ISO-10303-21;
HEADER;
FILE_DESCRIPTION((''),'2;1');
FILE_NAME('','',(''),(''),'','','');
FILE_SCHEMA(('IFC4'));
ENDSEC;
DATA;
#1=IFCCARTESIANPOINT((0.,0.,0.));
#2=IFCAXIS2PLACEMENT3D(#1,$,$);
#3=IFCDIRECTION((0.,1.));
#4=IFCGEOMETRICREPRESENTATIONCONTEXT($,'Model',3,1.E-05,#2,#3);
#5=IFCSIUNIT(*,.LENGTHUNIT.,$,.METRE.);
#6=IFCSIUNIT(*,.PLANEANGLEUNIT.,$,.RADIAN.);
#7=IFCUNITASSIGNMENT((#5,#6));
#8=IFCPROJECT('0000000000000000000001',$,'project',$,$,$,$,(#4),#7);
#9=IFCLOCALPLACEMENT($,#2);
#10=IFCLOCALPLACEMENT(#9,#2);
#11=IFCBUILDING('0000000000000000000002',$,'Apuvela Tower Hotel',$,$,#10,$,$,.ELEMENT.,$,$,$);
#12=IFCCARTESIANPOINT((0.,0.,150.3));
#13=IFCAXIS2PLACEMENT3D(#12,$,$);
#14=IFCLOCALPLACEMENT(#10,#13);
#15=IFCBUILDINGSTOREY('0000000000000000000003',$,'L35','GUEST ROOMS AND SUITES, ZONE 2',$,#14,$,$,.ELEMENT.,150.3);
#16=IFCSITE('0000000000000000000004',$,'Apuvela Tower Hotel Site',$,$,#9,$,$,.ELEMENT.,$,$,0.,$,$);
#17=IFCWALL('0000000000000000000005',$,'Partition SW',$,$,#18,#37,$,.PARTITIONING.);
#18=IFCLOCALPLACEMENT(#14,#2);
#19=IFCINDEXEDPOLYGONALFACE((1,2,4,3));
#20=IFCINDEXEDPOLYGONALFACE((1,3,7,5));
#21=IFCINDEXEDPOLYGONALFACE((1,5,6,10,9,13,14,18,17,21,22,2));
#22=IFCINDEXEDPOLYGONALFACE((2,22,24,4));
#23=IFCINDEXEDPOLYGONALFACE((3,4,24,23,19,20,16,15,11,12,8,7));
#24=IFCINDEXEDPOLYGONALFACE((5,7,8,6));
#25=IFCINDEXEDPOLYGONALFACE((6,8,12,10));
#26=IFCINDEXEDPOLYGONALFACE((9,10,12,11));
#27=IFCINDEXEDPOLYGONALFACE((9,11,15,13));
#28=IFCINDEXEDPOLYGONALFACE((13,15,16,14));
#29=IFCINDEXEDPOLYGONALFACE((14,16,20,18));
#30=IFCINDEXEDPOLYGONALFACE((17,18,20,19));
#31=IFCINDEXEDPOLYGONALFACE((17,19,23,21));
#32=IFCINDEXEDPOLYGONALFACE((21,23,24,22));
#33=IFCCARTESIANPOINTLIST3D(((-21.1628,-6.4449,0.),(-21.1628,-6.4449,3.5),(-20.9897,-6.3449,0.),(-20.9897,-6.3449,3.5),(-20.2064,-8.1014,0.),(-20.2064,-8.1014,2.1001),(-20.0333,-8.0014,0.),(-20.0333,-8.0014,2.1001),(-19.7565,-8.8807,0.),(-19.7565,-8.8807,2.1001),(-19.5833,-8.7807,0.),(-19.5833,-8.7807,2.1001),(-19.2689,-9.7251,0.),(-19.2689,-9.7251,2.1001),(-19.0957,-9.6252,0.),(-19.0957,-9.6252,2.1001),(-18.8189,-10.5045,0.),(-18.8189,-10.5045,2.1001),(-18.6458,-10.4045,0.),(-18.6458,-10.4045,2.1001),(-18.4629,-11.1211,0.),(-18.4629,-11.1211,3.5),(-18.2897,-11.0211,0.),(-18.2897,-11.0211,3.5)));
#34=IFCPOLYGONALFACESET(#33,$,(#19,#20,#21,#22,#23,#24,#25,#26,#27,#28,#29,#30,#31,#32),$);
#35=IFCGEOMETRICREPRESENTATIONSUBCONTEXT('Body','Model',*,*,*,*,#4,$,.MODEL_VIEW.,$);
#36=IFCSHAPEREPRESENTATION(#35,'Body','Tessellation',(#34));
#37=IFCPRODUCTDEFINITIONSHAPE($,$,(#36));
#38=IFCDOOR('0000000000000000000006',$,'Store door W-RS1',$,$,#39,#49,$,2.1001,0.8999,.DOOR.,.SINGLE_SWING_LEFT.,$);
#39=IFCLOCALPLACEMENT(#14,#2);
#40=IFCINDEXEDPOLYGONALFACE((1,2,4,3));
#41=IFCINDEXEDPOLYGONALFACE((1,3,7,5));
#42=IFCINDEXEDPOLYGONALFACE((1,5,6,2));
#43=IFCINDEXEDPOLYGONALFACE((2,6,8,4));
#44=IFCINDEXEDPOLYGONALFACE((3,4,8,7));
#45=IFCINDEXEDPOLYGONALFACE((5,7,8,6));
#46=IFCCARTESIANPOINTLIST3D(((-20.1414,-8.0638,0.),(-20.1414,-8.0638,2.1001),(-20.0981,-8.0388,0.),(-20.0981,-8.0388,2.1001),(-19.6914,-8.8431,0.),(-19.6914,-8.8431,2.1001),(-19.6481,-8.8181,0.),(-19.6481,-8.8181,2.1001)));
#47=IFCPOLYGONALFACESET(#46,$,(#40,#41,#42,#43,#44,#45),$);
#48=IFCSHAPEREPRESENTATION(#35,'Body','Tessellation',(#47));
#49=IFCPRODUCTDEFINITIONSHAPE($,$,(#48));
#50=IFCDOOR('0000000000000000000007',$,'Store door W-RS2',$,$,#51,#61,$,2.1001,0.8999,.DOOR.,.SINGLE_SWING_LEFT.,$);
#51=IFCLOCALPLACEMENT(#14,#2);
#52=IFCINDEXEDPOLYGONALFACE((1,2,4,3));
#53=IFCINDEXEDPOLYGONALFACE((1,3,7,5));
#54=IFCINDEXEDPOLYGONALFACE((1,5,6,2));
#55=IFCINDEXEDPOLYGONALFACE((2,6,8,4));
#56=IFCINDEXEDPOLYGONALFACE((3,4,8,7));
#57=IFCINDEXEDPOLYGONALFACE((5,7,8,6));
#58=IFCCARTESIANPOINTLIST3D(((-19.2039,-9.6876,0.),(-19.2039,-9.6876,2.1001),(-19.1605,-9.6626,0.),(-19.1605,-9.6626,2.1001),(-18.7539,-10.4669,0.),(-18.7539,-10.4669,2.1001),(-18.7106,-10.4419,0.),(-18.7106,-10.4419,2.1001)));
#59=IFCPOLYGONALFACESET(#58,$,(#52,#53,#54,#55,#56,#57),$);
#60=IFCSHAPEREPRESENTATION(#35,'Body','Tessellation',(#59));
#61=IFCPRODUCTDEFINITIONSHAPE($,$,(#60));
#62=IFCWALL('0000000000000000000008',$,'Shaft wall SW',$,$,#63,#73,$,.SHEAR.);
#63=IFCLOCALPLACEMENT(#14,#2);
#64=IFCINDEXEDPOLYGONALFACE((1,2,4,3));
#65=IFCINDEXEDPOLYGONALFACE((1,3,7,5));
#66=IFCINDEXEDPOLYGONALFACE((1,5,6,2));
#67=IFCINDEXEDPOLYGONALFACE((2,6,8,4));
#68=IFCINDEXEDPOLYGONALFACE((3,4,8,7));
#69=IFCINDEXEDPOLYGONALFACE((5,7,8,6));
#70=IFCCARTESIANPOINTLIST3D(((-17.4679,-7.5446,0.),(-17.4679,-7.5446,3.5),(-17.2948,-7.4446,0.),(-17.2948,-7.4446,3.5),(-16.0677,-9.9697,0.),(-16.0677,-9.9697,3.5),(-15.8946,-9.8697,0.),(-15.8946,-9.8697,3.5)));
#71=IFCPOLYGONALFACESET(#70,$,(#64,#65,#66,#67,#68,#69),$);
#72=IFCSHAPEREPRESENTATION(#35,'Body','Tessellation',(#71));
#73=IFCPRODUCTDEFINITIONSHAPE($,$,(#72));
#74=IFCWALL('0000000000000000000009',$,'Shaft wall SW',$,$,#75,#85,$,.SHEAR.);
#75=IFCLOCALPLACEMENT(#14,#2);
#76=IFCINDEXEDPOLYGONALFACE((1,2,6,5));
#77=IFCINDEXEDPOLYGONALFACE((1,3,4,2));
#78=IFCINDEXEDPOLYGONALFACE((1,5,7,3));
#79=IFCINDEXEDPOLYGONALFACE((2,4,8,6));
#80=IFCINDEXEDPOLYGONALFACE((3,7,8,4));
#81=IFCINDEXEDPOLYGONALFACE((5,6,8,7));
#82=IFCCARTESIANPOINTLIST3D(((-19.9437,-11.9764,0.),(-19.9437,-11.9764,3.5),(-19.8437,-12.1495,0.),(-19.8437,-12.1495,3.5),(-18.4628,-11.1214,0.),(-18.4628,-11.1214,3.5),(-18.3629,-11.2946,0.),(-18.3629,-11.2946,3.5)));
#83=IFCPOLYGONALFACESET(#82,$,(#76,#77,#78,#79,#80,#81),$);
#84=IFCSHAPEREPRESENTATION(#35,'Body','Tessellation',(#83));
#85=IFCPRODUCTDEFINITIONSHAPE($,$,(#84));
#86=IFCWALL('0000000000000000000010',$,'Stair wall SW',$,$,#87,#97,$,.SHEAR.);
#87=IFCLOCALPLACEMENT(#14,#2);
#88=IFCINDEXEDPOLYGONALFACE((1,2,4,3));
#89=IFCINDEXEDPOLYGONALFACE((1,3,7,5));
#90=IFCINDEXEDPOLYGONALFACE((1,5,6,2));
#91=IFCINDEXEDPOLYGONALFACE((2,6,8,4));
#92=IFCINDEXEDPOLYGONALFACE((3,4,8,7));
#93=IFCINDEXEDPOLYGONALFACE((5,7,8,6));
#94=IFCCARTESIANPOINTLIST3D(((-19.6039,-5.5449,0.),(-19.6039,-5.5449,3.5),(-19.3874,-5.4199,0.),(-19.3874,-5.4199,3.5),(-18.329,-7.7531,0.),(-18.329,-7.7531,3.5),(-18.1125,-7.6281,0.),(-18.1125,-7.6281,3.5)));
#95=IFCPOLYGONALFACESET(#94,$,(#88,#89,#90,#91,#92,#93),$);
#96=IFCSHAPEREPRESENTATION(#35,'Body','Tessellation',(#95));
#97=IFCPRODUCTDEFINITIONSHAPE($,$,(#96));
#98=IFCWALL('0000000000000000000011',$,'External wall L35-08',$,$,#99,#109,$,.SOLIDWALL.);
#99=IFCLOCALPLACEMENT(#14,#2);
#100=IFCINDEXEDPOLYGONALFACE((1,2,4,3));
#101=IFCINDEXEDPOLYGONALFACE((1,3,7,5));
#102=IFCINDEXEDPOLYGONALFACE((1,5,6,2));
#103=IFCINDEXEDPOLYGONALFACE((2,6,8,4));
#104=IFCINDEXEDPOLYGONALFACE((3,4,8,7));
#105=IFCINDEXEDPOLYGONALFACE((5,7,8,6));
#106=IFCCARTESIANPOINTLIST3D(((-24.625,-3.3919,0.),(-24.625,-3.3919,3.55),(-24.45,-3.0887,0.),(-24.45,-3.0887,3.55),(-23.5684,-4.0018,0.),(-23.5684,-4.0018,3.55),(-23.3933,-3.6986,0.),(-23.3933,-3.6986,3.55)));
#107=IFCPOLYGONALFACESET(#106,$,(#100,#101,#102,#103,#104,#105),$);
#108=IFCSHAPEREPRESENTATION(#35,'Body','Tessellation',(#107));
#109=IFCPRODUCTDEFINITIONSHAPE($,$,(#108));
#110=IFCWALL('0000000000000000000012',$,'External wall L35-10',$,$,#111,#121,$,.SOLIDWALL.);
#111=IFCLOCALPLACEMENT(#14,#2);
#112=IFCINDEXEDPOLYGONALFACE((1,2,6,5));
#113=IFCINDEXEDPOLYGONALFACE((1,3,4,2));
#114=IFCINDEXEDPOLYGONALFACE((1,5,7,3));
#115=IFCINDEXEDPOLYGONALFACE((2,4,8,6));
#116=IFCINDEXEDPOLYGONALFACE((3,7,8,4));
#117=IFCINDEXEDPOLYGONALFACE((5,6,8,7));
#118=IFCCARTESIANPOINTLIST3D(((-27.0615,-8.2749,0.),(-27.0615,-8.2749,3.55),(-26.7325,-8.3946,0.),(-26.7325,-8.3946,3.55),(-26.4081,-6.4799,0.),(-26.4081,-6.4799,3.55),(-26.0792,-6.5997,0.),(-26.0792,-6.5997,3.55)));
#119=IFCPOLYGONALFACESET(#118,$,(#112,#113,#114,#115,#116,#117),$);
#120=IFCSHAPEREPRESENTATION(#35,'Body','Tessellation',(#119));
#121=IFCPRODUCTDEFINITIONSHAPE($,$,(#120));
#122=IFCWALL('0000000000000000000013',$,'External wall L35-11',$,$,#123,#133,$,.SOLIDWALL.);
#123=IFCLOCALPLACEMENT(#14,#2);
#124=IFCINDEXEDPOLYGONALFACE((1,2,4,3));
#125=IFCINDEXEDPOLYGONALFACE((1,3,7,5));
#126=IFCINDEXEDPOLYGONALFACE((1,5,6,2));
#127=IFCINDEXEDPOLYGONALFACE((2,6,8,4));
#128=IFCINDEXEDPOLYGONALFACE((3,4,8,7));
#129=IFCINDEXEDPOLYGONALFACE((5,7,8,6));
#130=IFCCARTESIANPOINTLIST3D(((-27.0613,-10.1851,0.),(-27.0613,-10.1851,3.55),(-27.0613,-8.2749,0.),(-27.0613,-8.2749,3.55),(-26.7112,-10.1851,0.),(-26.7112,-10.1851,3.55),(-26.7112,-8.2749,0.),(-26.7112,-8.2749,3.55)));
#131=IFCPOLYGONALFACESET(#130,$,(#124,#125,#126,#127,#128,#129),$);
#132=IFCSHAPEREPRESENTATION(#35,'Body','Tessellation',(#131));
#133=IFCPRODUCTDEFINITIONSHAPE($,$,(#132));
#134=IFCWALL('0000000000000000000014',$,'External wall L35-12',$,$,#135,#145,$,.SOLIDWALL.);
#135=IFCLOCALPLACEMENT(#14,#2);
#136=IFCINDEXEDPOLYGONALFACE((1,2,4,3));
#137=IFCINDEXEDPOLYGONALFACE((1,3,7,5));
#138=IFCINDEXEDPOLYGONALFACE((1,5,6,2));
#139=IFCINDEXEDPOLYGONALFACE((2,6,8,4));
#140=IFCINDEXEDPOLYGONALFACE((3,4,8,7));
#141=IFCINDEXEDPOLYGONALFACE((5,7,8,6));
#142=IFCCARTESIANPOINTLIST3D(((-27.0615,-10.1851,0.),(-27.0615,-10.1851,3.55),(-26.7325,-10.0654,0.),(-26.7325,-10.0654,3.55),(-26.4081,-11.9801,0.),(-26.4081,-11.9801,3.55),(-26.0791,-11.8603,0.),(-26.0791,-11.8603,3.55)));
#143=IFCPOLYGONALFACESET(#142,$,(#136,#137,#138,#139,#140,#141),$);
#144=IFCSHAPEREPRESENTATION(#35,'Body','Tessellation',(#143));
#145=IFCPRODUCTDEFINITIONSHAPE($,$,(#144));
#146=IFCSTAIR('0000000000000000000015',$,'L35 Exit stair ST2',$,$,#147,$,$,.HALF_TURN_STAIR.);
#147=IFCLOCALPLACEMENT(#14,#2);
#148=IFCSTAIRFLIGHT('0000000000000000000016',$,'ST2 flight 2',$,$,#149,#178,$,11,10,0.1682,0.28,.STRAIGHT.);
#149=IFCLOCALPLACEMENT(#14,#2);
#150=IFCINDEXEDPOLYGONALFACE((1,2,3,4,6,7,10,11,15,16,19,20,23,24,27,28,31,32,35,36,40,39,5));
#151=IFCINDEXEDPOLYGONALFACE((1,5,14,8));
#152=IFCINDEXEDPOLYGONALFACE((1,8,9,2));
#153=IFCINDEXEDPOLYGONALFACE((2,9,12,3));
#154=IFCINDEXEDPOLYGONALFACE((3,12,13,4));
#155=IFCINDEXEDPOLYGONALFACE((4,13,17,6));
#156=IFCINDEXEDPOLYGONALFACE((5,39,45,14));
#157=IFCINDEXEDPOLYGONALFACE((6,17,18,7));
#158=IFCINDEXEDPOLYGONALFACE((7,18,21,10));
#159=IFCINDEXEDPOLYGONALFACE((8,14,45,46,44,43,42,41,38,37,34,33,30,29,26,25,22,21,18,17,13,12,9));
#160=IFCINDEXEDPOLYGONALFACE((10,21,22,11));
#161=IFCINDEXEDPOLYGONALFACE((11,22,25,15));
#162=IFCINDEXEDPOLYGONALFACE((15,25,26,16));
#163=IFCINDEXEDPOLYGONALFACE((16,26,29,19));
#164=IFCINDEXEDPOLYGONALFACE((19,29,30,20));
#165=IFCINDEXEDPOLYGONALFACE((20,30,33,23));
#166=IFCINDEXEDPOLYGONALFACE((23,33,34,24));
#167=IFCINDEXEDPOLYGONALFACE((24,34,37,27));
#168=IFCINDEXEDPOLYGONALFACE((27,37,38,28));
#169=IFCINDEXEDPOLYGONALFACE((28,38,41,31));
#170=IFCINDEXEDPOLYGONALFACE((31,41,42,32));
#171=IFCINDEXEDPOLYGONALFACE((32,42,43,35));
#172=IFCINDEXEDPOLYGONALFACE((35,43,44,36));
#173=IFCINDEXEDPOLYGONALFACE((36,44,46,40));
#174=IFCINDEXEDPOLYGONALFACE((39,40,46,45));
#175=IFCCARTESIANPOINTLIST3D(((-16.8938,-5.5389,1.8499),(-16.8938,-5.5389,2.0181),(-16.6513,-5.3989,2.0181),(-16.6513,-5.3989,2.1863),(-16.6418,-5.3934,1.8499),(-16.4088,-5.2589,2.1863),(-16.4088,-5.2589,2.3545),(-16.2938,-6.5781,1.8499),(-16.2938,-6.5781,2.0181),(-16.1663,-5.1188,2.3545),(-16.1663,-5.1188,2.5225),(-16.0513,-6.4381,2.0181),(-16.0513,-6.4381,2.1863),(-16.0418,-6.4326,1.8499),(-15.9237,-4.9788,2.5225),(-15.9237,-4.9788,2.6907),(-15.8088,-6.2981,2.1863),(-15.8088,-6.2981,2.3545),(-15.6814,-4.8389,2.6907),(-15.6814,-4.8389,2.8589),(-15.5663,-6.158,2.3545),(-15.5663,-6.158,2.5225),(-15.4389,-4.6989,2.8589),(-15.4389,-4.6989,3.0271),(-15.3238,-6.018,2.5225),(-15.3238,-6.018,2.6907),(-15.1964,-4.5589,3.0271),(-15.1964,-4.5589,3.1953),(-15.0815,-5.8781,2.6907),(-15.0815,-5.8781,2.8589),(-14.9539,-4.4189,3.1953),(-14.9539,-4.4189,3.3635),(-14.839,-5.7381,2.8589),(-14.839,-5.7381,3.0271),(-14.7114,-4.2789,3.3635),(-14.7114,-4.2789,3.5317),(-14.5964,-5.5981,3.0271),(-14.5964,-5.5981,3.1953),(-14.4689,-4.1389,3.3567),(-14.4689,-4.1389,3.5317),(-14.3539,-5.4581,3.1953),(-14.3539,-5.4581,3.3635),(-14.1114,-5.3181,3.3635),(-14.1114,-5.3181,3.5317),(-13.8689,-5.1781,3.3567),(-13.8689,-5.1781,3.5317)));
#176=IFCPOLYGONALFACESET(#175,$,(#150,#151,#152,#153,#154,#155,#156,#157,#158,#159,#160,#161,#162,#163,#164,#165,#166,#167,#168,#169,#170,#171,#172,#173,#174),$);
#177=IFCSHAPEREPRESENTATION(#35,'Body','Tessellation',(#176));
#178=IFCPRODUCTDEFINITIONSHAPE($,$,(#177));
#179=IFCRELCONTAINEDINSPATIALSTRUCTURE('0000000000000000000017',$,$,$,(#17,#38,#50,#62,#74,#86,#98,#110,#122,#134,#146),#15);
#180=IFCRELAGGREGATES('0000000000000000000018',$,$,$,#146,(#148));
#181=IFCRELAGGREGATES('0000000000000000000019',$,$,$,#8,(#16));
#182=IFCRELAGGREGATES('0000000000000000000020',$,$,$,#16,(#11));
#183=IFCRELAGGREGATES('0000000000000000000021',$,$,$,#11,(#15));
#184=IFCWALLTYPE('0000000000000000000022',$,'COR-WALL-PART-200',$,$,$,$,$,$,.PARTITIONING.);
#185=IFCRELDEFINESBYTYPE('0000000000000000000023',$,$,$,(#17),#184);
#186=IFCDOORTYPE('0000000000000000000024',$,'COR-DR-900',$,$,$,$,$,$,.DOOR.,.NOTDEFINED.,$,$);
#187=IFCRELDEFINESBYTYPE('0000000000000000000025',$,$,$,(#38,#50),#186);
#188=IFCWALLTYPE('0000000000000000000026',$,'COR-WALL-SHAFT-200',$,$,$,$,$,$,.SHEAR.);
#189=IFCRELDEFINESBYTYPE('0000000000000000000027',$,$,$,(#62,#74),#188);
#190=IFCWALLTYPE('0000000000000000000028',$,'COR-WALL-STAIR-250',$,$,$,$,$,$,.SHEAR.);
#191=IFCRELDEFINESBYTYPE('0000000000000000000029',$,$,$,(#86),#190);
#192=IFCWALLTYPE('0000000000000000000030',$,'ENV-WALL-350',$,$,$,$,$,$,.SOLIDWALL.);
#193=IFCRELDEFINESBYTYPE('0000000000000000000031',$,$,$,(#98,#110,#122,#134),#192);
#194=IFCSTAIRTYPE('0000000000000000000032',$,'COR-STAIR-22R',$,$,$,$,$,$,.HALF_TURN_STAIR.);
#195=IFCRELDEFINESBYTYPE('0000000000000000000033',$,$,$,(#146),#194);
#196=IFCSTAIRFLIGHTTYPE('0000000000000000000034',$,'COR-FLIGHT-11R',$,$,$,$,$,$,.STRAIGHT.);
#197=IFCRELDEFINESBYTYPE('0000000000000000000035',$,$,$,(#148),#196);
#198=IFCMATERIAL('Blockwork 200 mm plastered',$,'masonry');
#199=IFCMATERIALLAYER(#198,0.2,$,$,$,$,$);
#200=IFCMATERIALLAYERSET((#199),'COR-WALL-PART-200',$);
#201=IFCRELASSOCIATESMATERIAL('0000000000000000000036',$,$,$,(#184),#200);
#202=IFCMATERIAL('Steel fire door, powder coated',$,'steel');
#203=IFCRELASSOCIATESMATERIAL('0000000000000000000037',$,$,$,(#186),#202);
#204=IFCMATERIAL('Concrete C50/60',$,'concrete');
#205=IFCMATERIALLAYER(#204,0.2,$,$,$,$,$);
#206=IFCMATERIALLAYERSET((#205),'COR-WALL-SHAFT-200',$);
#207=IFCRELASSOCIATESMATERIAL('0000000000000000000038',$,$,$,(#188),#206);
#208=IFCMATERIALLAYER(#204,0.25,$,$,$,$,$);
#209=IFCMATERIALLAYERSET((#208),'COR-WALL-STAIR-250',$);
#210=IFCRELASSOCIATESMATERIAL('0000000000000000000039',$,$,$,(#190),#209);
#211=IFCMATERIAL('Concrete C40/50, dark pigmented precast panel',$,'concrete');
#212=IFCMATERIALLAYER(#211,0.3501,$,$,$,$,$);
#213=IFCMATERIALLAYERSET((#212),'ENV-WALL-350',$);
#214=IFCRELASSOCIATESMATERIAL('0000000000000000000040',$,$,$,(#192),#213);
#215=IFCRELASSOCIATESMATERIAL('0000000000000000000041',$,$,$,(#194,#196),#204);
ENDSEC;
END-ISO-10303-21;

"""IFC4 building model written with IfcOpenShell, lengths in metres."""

from ifc_helpers import new_model, si_unit, direction, frame, frame_2d, origin, place, context, subcontext, project, spatial, polyline, rectangle, outline, extrude, material, layer, layer_set, type_object, element, fill, aggregate, save


model = new_model("IFC4")

# Units and contexts
model_context = context("Model", 3, precision=1e-05, world=origin(), true_north=direction((0.0, 1.0)))
body_context = subcontext(model_context, "Body", "Model", "MODEL_VIEW")
ifc_project = project(units=[si_unit("LENGTHUNIT", "METRE"), si_unit("PLANEANGLEUNIT", "RADIAN")], contexts=[model_context])

# Site, building, storey
site_placement = place(None, origin())
site = spatial("IfcSite", under=ifc_project, at=site_placement, Name="Apuvela Tower Hotel Site", CompositionType="ELEMENT", RefElevation=0.0)
building_placement = place(site_placement, origin())
building = spatial("IfcBuilding", under=site, at=building_placement, Name="Apuvela Tower Hotel", CompositionType="ELEMENT")
storey_placement = place(building_placement, frame((0.0, 0.0, 150.3)))
storey = spatial("IfcBuildingStorey", under=building, at=storey_placement, Name="L35", Description="GUEST ROOMS AND SUITES, ZONE 2", CompositionType="ELEMENT", Elevation=150.3)

# Wall, openings, doors
ifc_material_1 = material(Name="Blockwork 200 mm plastered", Category="masonry")
ifc_layer_1 = layer(ifc_material_1, 0.2)
ifc_layer_set_1 = layer_set([ifc_layer_1], Name="COR-WALL-PART-200")
wall_type_1 = type_object("IfcWallType", Name="COR-WALL-PART-200", PredefinedType="PARTITIONING", material=ifc_layer_set_1)
wall_1_placement = place(storey_placement, frame((-21.0762, -6.395, 0.0), z_axis=(0.0, 0.0, 1.0), x_axis=(0.500015, -0.866017, 0.0)))
wall_1 = element("IfcWall", 1, at=wall_1_placement, inside=storey, type_object=wall_type_1, Name="Partition SW", PredefinedType="PARTITIONING", context=body_context, shape_type="SweptSolid", body=[
    extrude(rectangle(XDim=5.3997, YDim=0.2, at=frame_2d((2.6997, 0.0))), origin(), (0.0, 0.0, 1.0), 3.5),
])
opening_1_placement = place(wall_1_placement, frame((1.9126, 0.0, 0.0)))
opening_1 = element("IfcOpeningElement", 2, at=opening_1_placement, cuts=wall_1, PredefinedType="OPENING", context=body_context, shape_type="SweptSolid", body=[
    extrude(rectangle(XDim=0.8999, YDim=2.1001, at=frame_2d((0.45, 1.05))), frame((0.0, 0.1099, 0.0), z_axis=(0.0, -1.0, 0.0), x_axis=(1.0, 0.0, 0.0)), (0.0, 0.0, 1.0), 0.22),
])
opening_2_placement = place(wall_1_placement, frame((3.7876, 0.0, 0.0)))
opening_2 = element("IfcOpeningElement", 3, at=opening_2_placement, cuts=wall_1, PredefinedType="OPENING", context=body_context, shape_type="SweptSolid", body=[
    extrude(rectangle(XDim=0.8999, YDim=2.1001, at=frame_2d((0.45, 1.05))), frame((0.0, 0.1099, 0.0), z_axis=(0.0, -1.0, 0.0), x_axis=(1.0, 0.0, 0.0)), (0.0, 0.0, 1.0), 0.22),
])
ifc_material_2 = material(Name="Steel fire door, powder coated", Category="steel")
door_type_1 = type_object("IfcDoorType", Name="COR-DR-900", OperationType="NOTDEFINED", PredefinedType="DOOR", material=ifc_material_2)
door_1_placement = place(opening_1_placement, frame((0.8999, 0.0, 0.0), z_axis=(0.0, 0.0, 1.0), x_axis=(-1.0, 0.0, 0.0)))
door_1 = element("IfcDoor", 4, at=door_1_placement, inside=storey, type_object=door_type_1, Name="Store door W-RS1", OperationType="SINGLE_SWING_LEFT", OverallHeight=2.1001, OverallWidth=0.8999, PredefinedType="DOOR", context=body_context, shape_type="SweptSolid", body=[
    extrude(rectangle(XDim=0.8999, YDim=2.1001, at=frame_2d((0.45, 1.05))), frame((0.0, 0.0249, 0.0), z_axis=(0.0, -1.0, 0.0), x_axis=(1.0, 0.0, 0.0)), (0.0, 0.0, 1.0), 0.05),
])
fill(opening_1, door_1)
door_2_placement = place(opening_2_placement, frame((0.8999, 0.0, 0.0), z_axis=(0.0, 0.0, 1.0), x_axis=(-1.0, 0.0, 0.0)))
door_2 = element("IfcDoor", 5, at=door_2_placement, inside=storey, type_object=door_type_1, Name="Store door W-RS2", OperationType="SINGLE_SWING_LEFT", OverallHeight=2.1001, OverallWidth=0.8999, PredefinedType="DOOR", context=body_context, shape_type="SweptSolid", body=[
    extrude(rectangle(XDim=0.8999, YDim=2.1001, at=frame_2d((0.45, 1.05))), frame((0.0, 0.0249, 0.0), z_axis=(0.0, -1.0, 0.0), x_axis=(1.0, 0.0, 0.0)), (0.0, 0.0, 1.0), 0.05),
])
fill(opening_2, door_2)

# Walls
ifc_material_3 = material(Name="Concrete C50/60", Category="concrete")
ifc_layer_2 = layer(ifc_material_3, 0.2)
ifc_layer_set_2 = layer_set([ifc_layer_2], Name="COR-WALL-SHAFT-200")
wall_type_2 = type_object("IfcWallType", Name="COR-WALL-SHAFT-200", PredefinedType="SHEAR", material=ifc_layer_set_2)
wall_2_placement = place(storey_placement, frame((-17.3813, -7.4946, 0.0), z_axis=(0.0, 0.0, 1.0), x_axis=(0.500012, -0.866019, 0.0)))
element("IfcWall", 6, at=wall_2_placement, inside=storey, type_object=wall_type_2, Name="Shaft wall SW", PredefinedType="SHEAR", context=body_context, shape_type="SweptSolid", body=[
    extrude(rectangle(XDim=2.8003, YDim=0.2, at=frame_2d((1.4001, 0.0))), origin(), (0.0, 0.0, 1.0), 3.5),
])
wall_3_placement = place(storey_placement, frame((-18.4128, -11.208, 0.0), z_axis=(0.0, 0.0, 1.0), x_axis=(-0.866038, -0.499978, 0.0)))
element("IfcWall", 7, at=wall_3_placement, inside=storey, type_object=wall_type_2, Name="Shaft wall SW", PredefinedType="SHEAR", context=body_context, shape_type="SweptSolid", body=[
    extrude(rectangle(XDim=1.71, YDim=0.2, at=frame_2d((0.855, 0.0))), origin(), (0.0, 0.0, 1.0), 3.5),
])
ifc_layer_3 = layer(ifc_material_3, 0.25)
ifc_layer_set_3 = layer_set([ifc_layer_3], Name="COR-WALL-STAIR-250")
wall_type_3 = type_object("IfcWallType", Name="COR-WALL-STAIR-250", PredefinedType="SHEAR", material=ifc_layer_set_3)
wall_4_placement = place(storey_placement, frame((-19.4956, -5.4824, 0.0), z_axis=(0.0, 0.0, 1.0), x_axis=(0.49999, -0.866031, 0.0)))
element("IfcWall", 8, at=wall_4_placement, inside=storey, type_object=wall_type_3, Name="Stair wall SW", PredefinedType="SHEAR", context=body_context, shape_type="SweptSolid", body=[
    extrude(rectangle(XDim=2.5498, YDim=0.25, at=frame_2d((1.2749, 0.0))), origin(), (0.0, 0.0, 1.0), 3.5),
])
ifc_material_4 = material(Name="Concrete C40/50, dark pigmented precast panel", Category="concrete")
ifc_layer_4 = layer(ifc_material_4, 0.3501)
ifc_layer_set_4 = layer_set([ifc_layer_4], Name="ENV-WALL-350")
wall_type_4 = type_object("IfcWallType", Name="ENV-WALL-350", PredefinedType="SOLIDWALL", material=ifc_layer_set_4)
wall_5_placement = place(storey_placement, frame((-23.481, -3.8501, 0.0), z_axis=(0.0, 0.0, 1.0), x_axis=(-0.866092, 0.499884, 0.0)))
element("IfcWall", 9, at=wall_5_placement, inside=storey, type_object=wall_type_4, Name="External wall L35-08", PredefinedType="SOLIDWALL", context=body_context, shape_type="SweptSolid", body=[
    extrude(rectangle(XDim=1.22, YDim=0.3501, at=frame_2d((0.6099, 0.0))), origin(), (0.0, 0.0, 1.0), 3.55),
])
for number, where, z_axis, x_axis, name in (
    (10, (-26.2437, -6.5398, 0.0), (0.0, 0.0, 1.0), (-0.34203, -0.939689, 0.0), "External wall L35-10"),
    (11, (-26.8862, -8.2749, 0.0), (0.0, 0.0, 1.0), (0.0, -1.0, 0.0), "External wall L35-11"),
    (12, (-26.897, -10.1252, 0.0), (0.0, 0.0, 1.0), (0.34203, -0.939689, 0.0), "External wall L35-12"),
):
    element("IfcWall", number, at=place(storey_placement, frame(where, z_axis=z_axis, x_axis=x_axis)), inside=storey, type_object=wall_type_4, Name=name, PredefinedType="SOLIDWALL", context=body_context, shape_type="SweptSolid", body=[
        extrude(rectangle(XDim=1.9102, YDim=0.3501, at=frame_2d((0.9551, 0.0))), origin(), (0.0, 0.0, 1.0), 3.55),
    ])

# Stair, stair flight
stair_type = type_object("IfcStairType", Name="COR-STAIR-22R", PredefinedType="HALF_TURN_STAIR", material=ifc_material_3)
stair_placement = place(storey_placement, origin())
stair = element("IfcStair", 13, at=stair_placement, inside=storey, type_object=stair_type, Name="L35 Exit stair ST2", PredefinedType="HALF_TURN_STAIR")
stair_flight_type = type_object("IfcStairFlightType", Name="COR-FLIGHT-11R", PredefinedType="STRAIGHT", material=ifc_material_3)
stair_flight_placement = place(storey_placement, frame((-16.5938, -6.0586, 1.8499), z_axis=(0.0, 0.0, 1.0), x_axis=(0.866025, 0.5, 0.0)))
stair_flight = element("IfcStairFlight", 14, at=stair_flight_placement, type_object=stair_flight_type, Name="ST2 flight 2", NumberOfRisers=11, NumberOfTreads=10, PredefinedType="STRAIGHT", RiserHeight=0.1682, TreadLength=0.28, context=body_context, shape_type="SweptSolid", body=[
    extrude(outline(polyline([(0.0, 0.0), (0.0, 0.1682), (0.28, 0.1682), (0.28, 0.3364), (0.5601, 0.3364), (0.5601, 0.5046), (0.8401, 0.5046), (0.8401, 0.6726), (1.1201, 0.6726), (1.1201, 0.8408), (1.3999, 0.8408), (1.3999, 1.009), (1.6799, 1.009), (1.6799, 1.1772), (1.96, 1.1772), (1.96, 1.3455), (2.24, 1.3455), (2.24, 1.5137), (2.52, 1.5137), (2.52, 1.6819), (2.8, 1.6819), (2.8, 1.8501), (2.8, 1.5068), (0.291, 0.0), (0.0, 0.0)])), frame((0.0, 0.6001, 0.0), z_axis=(0.0, -1.0, 0.0), x_axis=(1.0, 0.0, 0.0)), (0.0, 0.0, 1.0), 1.2),
])
aggregate(stair, [stair_flight])

save(model, "model.ifc")
